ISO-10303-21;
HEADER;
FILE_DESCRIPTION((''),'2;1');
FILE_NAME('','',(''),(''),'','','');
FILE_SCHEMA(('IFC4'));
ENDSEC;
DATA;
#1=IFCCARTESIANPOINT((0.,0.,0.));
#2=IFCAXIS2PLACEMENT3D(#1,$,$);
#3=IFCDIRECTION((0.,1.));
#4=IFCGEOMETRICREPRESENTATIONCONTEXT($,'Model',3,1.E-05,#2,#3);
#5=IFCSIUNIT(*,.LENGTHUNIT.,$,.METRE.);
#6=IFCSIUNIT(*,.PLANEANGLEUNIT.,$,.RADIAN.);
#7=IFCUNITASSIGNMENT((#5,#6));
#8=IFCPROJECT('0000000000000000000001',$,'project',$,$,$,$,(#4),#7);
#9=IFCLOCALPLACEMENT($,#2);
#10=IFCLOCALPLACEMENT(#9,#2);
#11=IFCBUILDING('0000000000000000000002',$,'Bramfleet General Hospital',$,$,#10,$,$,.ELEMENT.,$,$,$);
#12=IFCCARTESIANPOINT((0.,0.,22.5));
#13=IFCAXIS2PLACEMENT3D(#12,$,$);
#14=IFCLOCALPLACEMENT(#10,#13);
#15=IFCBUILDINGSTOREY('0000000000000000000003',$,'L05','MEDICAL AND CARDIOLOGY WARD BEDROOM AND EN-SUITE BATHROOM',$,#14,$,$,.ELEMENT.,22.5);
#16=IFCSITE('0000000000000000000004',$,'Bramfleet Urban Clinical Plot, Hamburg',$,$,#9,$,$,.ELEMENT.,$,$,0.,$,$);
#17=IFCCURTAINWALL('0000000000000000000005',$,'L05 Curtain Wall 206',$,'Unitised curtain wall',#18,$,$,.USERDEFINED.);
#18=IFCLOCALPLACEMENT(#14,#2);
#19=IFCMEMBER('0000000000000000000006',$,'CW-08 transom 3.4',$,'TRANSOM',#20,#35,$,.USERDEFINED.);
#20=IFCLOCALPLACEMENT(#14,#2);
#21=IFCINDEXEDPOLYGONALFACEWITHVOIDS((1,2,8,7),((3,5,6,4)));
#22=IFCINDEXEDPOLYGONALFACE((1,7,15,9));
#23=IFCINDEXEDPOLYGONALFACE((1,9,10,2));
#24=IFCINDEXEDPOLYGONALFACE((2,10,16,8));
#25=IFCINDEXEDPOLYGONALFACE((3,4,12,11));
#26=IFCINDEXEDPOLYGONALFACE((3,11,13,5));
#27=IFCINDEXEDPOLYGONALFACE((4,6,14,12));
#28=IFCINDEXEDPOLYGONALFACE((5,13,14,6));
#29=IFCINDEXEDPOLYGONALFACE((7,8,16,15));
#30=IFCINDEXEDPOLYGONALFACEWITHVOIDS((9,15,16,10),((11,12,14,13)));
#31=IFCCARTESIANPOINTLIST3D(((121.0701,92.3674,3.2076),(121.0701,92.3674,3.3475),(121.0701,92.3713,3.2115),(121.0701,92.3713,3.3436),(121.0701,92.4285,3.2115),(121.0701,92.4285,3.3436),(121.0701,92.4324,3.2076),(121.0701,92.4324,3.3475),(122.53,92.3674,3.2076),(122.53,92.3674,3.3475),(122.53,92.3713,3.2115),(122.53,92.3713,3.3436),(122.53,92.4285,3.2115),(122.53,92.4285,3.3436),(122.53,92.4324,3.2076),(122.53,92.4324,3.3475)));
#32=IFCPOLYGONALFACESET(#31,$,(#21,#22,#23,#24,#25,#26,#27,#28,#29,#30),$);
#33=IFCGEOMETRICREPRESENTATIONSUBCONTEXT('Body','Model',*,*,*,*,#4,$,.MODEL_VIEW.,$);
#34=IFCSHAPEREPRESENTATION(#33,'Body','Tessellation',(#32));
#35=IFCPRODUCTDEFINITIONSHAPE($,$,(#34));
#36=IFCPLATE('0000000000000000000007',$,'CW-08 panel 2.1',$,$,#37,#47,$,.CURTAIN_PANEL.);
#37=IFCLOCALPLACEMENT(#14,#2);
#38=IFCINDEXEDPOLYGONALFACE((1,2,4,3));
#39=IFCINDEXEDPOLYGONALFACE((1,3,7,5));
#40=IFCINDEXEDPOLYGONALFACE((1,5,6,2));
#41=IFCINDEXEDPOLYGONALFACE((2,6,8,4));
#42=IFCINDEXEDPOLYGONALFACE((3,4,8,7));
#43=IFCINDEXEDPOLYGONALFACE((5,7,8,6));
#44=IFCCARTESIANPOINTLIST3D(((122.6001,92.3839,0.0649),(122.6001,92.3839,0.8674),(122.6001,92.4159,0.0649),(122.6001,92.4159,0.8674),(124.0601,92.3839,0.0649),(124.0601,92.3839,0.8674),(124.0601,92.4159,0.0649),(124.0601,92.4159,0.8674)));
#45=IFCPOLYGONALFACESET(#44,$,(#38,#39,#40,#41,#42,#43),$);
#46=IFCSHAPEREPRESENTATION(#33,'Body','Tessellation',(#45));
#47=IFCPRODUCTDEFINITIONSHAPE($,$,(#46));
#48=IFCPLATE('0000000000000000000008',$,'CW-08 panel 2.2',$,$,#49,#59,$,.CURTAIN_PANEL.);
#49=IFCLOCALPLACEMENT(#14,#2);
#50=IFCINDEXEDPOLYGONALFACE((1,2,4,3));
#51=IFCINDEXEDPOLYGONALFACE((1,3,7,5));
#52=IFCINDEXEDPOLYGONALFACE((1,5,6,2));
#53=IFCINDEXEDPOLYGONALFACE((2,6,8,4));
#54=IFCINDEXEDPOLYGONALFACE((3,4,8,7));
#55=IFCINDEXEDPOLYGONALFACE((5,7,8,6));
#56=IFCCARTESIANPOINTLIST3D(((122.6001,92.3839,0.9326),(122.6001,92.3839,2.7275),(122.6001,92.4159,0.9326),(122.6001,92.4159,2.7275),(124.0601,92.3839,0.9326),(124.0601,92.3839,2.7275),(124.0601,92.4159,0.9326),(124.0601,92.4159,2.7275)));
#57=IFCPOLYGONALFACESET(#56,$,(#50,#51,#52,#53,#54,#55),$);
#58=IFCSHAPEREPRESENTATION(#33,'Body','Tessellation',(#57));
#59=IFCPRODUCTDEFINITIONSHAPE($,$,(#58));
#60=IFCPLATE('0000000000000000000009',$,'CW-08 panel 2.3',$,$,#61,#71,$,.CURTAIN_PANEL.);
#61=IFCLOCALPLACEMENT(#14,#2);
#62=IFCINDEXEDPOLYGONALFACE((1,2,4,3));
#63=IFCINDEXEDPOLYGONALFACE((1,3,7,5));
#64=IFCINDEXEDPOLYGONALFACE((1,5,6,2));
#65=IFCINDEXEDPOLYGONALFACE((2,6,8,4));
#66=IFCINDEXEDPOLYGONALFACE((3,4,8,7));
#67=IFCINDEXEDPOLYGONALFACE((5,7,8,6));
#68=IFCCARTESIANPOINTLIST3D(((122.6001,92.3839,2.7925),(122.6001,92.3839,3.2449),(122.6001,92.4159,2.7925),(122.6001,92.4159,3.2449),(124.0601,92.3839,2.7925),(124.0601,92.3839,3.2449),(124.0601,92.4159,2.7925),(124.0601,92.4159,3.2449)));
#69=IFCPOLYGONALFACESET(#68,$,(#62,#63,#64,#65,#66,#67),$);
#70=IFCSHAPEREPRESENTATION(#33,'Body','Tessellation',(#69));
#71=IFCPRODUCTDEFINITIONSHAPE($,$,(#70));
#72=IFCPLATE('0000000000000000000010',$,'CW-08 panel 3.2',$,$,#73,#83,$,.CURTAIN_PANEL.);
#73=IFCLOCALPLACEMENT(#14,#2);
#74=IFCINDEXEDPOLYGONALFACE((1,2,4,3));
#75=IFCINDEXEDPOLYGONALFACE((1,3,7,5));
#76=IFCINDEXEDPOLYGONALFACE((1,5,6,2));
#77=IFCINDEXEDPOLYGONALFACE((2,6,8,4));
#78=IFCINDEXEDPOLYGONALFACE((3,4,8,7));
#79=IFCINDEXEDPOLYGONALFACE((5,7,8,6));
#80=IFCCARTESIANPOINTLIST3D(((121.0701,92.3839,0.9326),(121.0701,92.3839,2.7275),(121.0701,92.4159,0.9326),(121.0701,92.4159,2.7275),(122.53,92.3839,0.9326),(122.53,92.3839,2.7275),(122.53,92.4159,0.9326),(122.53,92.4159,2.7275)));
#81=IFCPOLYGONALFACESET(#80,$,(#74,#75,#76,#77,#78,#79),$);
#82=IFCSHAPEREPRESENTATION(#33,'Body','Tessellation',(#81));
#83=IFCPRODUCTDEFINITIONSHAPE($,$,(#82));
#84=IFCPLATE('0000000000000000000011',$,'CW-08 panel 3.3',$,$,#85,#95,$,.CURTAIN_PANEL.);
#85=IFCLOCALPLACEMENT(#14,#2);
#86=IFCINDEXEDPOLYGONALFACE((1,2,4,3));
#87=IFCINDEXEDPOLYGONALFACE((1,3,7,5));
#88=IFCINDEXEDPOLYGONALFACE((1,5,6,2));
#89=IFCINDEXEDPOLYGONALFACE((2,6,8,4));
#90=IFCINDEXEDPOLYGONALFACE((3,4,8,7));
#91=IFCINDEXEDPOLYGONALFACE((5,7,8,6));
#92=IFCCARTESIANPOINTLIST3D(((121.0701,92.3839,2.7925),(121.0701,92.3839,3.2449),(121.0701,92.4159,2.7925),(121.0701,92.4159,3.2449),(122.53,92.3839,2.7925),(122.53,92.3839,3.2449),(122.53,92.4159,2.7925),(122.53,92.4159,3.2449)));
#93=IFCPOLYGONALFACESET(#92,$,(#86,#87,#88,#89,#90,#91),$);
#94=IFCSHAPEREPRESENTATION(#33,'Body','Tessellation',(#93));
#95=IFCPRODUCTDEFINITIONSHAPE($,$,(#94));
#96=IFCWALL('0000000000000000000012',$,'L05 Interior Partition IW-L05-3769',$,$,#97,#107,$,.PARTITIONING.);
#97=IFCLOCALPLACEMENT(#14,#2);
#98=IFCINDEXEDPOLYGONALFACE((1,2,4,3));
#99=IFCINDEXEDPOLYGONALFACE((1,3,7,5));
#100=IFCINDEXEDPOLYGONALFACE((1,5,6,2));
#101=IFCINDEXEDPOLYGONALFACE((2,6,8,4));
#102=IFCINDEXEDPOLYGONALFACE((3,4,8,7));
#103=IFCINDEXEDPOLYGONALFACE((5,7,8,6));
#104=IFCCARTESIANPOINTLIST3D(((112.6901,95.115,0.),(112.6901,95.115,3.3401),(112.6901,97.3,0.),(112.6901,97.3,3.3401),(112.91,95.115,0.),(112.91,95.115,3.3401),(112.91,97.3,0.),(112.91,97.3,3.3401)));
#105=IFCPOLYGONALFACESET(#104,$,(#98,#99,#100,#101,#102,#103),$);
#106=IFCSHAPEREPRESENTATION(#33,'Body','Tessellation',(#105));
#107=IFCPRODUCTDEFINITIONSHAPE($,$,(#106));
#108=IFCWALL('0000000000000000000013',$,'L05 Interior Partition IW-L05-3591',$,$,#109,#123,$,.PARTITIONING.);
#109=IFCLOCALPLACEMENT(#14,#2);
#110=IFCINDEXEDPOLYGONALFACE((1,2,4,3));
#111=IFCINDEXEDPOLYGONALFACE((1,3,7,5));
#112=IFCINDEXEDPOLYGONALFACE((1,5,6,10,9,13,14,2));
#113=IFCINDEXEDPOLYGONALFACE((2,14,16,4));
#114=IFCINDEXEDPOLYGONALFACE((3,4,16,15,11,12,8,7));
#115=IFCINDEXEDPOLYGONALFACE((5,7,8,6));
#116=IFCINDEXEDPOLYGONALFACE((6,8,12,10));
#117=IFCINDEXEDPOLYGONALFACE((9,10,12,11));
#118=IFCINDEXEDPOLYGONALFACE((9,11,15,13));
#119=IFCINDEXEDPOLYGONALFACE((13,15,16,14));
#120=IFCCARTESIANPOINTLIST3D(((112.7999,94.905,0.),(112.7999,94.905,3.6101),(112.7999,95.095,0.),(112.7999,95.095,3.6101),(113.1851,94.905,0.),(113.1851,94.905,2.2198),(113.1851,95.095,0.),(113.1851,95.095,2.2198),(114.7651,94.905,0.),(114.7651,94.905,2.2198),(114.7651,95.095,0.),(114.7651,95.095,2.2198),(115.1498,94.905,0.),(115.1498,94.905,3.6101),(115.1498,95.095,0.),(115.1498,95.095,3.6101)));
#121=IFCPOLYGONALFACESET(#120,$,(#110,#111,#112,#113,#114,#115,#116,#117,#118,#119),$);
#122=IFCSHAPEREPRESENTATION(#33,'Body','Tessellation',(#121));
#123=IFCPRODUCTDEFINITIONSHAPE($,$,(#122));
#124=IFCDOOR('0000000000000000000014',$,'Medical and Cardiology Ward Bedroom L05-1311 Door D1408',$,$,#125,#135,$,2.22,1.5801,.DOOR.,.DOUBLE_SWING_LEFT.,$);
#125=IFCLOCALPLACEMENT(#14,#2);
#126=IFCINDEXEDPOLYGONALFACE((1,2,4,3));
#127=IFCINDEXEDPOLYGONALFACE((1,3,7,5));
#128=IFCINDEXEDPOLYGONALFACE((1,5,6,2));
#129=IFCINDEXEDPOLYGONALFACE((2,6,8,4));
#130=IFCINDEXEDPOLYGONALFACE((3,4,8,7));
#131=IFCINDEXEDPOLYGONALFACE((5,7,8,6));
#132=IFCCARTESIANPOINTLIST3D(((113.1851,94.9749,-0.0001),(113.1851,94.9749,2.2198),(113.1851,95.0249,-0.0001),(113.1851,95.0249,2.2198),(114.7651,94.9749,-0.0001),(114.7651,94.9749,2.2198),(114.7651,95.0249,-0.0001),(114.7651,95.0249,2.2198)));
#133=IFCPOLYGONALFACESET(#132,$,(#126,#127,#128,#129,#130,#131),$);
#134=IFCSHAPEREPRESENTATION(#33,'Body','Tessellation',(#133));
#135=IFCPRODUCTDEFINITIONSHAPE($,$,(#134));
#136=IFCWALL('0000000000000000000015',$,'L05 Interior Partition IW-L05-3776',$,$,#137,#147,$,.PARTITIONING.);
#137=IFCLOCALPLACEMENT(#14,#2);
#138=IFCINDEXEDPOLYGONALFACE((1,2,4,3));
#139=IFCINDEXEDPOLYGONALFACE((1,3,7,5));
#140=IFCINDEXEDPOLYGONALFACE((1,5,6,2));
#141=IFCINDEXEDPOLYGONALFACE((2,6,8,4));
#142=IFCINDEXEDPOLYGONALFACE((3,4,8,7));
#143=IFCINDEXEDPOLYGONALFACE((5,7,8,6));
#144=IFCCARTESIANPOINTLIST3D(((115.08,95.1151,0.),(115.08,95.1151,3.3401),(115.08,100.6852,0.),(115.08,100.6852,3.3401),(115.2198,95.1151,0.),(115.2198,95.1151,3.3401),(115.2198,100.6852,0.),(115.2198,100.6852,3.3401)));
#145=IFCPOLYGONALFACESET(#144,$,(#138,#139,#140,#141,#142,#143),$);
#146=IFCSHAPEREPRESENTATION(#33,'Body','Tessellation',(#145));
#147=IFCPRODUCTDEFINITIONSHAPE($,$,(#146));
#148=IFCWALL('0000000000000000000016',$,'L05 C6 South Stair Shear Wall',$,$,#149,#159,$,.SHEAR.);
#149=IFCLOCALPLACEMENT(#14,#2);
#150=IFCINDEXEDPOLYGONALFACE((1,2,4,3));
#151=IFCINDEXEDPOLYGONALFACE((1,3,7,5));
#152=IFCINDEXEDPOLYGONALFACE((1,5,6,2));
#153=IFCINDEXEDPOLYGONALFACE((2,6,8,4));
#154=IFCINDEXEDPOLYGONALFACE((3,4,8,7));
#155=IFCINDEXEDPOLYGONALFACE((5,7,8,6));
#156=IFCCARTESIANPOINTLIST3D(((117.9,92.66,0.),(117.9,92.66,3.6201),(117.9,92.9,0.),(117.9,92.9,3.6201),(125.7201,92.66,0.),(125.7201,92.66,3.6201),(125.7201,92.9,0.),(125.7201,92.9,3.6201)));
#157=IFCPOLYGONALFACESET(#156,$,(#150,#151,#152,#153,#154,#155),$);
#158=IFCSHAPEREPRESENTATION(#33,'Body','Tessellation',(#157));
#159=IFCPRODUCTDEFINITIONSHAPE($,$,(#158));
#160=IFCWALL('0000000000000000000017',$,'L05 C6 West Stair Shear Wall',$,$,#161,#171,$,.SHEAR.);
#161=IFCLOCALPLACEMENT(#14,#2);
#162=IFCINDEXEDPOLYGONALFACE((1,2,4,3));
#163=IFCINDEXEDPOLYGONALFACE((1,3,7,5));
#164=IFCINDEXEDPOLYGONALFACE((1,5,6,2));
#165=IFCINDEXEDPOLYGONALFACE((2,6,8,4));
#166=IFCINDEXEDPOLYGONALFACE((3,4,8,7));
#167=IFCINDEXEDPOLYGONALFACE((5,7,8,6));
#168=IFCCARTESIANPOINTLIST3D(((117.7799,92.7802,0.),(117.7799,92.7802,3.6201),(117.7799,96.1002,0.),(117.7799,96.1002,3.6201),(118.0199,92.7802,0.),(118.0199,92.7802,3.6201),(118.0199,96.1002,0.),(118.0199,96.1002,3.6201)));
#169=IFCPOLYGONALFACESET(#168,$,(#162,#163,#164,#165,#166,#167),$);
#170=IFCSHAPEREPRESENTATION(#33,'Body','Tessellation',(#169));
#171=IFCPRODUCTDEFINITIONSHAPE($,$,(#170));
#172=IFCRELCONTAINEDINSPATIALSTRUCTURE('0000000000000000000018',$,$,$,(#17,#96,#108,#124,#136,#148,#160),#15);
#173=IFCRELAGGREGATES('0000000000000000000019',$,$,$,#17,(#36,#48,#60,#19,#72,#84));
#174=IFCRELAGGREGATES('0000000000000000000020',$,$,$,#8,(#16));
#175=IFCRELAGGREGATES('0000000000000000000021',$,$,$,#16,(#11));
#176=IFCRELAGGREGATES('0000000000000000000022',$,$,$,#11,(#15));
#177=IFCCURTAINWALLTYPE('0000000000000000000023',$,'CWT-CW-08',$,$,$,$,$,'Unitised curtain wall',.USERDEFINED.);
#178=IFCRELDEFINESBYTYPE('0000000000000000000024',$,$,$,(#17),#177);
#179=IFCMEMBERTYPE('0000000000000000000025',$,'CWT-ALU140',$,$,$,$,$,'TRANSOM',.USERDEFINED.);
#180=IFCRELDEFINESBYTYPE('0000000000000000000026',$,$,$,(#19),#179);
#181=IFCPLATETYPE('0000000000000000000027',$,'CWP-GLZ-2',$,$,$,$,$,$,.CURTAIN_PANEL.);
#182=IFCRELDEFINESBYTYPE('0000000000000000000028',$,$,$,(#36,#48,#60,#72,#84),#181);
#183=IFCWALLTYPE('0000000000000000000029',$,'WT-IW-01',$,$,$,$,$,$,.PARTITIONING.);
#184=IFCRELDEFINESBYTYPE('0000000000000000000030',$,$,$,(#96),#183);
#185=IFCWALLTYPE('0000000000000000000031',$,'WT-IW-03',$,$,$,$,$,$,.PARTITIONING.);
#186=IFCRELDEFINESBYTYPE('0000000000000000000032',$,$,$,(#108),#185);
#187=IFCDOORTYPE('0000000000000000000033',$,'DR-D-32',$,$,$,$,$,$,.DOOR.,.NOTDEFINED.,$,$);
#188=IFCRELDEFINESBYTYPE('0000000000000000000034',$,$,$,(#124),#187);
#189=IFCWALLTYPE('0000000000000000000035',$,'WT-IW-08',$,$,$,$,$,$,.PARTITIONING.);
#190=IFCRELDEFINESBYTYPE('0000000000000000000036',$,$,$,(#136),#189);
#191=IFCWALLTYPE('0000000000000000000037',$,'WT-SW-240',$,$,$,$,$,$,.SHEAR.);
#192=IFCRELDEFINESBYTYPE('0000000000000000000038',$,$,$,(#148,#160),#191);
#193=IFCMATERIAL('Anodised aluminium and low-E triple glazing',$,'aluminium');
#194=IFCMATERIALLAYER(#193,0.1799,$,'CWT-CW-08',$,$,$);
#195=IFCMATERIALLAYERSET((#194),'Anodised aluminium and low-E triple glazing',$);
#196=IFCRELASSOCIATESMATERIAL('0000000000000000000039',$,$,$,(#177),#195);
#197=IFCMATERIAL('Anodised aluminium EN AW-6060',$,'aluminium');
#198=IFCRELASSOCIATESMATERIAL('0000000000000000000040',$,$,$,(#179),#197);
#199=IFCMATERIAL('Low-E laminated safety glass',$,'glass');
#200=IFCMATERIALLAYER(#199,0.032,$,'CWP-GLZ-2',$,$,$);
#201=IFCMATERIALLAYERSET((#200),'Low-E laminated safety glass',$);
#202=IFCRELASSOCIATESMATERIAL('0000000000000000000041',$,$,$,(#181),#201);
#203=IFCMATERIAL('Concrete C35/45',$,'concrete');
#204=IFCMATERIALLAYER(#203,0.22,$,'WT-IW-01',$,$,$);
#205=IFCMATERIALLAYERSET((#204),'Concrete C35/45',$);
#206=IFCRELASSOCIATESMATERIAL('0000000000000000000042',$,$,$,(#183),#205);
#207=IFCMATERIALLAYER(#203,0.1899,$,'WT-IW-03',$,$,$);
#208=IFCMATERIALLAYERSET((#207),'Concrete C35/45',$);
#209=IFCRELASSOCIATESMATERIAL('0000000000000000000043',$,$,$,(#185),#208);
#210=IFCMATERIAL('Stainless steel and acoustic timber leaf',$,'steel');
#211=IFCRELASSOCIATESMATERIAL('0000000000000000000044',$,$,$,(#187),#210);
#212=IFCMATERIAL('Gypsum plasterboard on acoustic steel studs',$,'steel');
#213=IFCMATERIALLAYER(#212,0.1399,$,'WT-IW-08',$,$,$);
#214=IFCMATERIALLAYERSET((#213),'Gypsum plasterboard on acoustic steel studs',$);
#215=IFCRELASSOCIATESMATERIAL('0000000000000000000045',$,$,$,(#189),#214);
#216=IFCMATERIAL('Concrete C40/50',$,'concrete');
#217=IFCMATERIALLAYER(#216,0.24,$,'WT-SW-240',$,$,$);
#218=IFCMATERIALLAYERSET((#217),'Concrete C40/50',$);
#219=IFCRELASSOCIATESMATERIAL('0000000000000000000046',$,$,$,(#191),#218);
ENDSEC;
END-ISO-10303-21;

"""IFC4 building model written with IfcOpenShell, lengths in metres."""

from ifc_helpers import new_model, si_unit, direction, frame, frame_2d, origin, origin_2d, place, context, subcontext, project, spatial, rectangle, hollow_rectangle, extrude, material, layer, layer_set, material_profile, profile_set, type_object, element, fill, aggregate, save


model = new_model("IFC4")

# Units and contexts
model_context = context("Model", 3, precision=1e-05, world=origin(), true_north=direction((0.0, 1.0)))
body_context = subcontext(model_context, "Body", "Model", "MODEL_VIEW")
ifc_project = project(units=[si_unit("LENGTHUNIT", "METRE"), si_unit("PLANEANGLEUNIT", "RADIAN")], contexts=[model_context])

# Site, building, storey
site_placement = place(None, origin())
site = spatial("IfcSite", under=ifc_project, at=site_placement, Name="Bramfleet Urban Clinical Plot, Hamburg", CompositionType="ELEMENT", RefElevation=0.0)
building_placement = place(site_placement, origin())
building = spatial("IfcBuilding", under=site, at=building_placement, Name="Bramfleet General Hospital", CompositionType="ELEMENT")
storey_placement = place(building_placement, frame((0.0, 0.0, 22.5)))
storey = spatial("IfcBuildingStorey", under=building, at=storey_placement, Name="L05", Description="MEDICAL AND CARDIOLOGY WARD BEDROOM AND EN-SUITE BATHROOM", CompositionType="ELEMENT", Elevation=22.5)

# Shared definitions
ifc_material_1 = material(Name="Concrete C35/45", Category="concrete")

# Curtain wall, member, plates
ifc_material_2 = material(Name="Anodised aluminium and low-E triple glazing", Category="aluminium")
ifc_layer_1 = layer(ifc_material_2, 0.1799, Name="CWT-CW-08")
ifc_layer_set_1 = layer_set([ifc_layer_1], Name="Anodised aluminium and low-E triple glazing")
curtain_wall_type = type_object("IfcCurtainWallType", Name="CWT-CW-08", ElementType="Unitised curtain wall", PredefinedType="USERDEFINED", material=ifc_layer_set_1)
curtain_wall_placement = place(storey_placement, origin())
curtain_wall = element("IfcCurtainWall", 1, at=curtain_wall_placement, inside=storey, type_object=curtain_wall_type, Name="L05 Curtain Wall 206", ObjectType="Unitised curtain wall", PredefinedType="USERDEFINED")
ifc_material_3 = material(Name="Anodised aluminium EN AW-6060", Category="aluminium")
ifc_material_profile_1 = material_profile(ifc_material_3, hollow_rectangle(XDim=0.0649, YDim=0.1399, WallThickness=0.0039, at=origin_2d()), Name="ALU 140x65x4.0")
ifc_profile_set_1 = profile_set([ifc_material_profile_1], Name="Anodised aluminium EN AW-6060")
member_type_1 = type_object("IfcMemberType", Name="CWT-ALU140", ElementType="TRANSOM", PredefinedType="USERDEFINED", material=ifc_profile_set_1)
member_1_placement = place(storey_placement, frame((122.53, 92.3999, 3.2776), z_axis=(-1.0, 0.0, 0.0), x_axis=(0.0, -1.0, 0.0)))
member_1 = element("IfcMember", 2, at=member_1_placement, type_object=member_type_1, Name="CW-08 transom 3.4", ObjectType="TRANSOM", PredefinedType="USERDEFINED", context=body_context, shape_type="SweptSolid", body=[
    extrude(hollow_rectangle(XDim=0.0649, YDim=0.1399, WallThickness=0.0039, at=origin_2d()), origin(), (0.0, 0.0, 1.0), 1.46),
])
ifc_material_4 = material(Name="Low-E laminated safety glass", Category="glass")
ifc_layer_2 = layer(ifc_material_4, 0.032, Name="CWP-GLZ-2")
ifc_layer_set_2 = layer_set([ifc_layer_2], Name="Low-E laminated safety glass")
plate_type = type_object("IfcPlateType", Name="CWP-GLZ-2", PredefinedType="CURTAIN_PANEL", material=ifc_layer_set_2)
plate_1_placement = place(storey_placement, frame((123.3301, 92.3999, 0.0649), z_axis=(0.0, 0.0, 1.0), x_axis=(-1.0, 0.0, 0.0)))
plate_1 = element("IfcPlate", 3, at=plate_1_placement, type_object=plate_type, Name="CW-08 panel 2.1", PredefinedType="CURTAIN_PANEL", context=body_context, shape_type="SweptSolid", body=[
    extrude(rectangle(XDim=1.46, YDim=0.032, at=origin_2d()), origin(), (0.0, 0.0, 1.0), 0.8025),
])
plate_2_placement = place(storey_placement, frame((123.3301, 92.3999, 0.9326), z_axis=(0.0, 0.0, 1.0), x_axis=(-1.0, 0.0, 0.0)))
plate_2 = element("IfcPlate", 4, at=plate_2_placement, type_object=plate_type, Name="CW-08 panel 2.2", PredefinedType="CURTAIN_PANEL", context=body_context, shape_type="SweptSolid", body=[
    extrude(rectangle(XDim=1.46, YDim=0.032, at=origin_2d()), origin(), (0.0, 0.0, 1.0), 1.7949),
])
plate_3_placement = place(storey_placement, frame((123.3301, 92.3999, 2.7925), z_axis=(0.0, 0.0, 1.0), x_axis=(-1.0, 0.0, 0.0)))
plate_3 = element("IfcPlate", 5, at=plate_3_placement, type_object=plate_type, Name="CW-08 panel 2.3", PredefinedType="CURTAIN_PANEL", context=body_context, shape_type="SweptSolid", body=[
    extrude(rectangle(XDim=1.46, YDim=0.032, at=origin_2d()), origin(), (0.0, 0.0, 1.0), 0.4524),
])
plate_4_placement = place(storey_placement, frame((121.8, 92.3999, 0.9326), z_axis=(0.0, 0.0, 1.0), x_axis=(-1.0, 0.0, 0.0)))
plate_4 = element("IfcPlate", 6, at=plate_4_placement, type_object=plate_type, Name="CW-08 panel 3.2", PredefinedType="CURTAIN_PANEL", context=body_context, shape_type="SweptSolid", body=[
    extrude(rectangle(XDim=1.46, YDim=0.032, at=origin_2d()), origin(), (0.0, 0.0, 1.0), 1.7949),
])
plate_5_placement = place(storey_placement, frame((121.8, 92.3999, 2.7925), z_axis=(0.0, 0.0, 1.0), x_axis=(-1.0, 0.0, 0.0)))
plate_5 = element("IfcPlate", 7, at=plate_5_placement, type_object=plate_type, Name="CW-08 panel 3.3", PredefinedType="CURTAIN_PANEL", context=body_context, shape_type="SweptSolid", body=[
    extrude(rectangle(XDim=1.46, YDim=0.032, at=origin_2d()), origin(), (0.0, 0.0, 1.0), 0.4524),
])
aggregate(curtain_wall, [plate_1, plate_2, plate_3, member_1, plate_4, plate_5])

# Wall
ifc_layer_3 = layer(ifc_material_1, 0.22, Name="WT-IW-01")
ifc_layer_set_3 = layer_set([ifc_layer_3], Name="Concrete C35/45")
wall_type_1 = type_object("IfcWallType", Name="WT-IW-01", PredefinedType="PARTITIONING", material=ifc_layer_set_3)
wall_1_placement = place(storey_placement, frame((112.8, 95.115, 0.0), z_axis=(0.0, 0.0, 1.0), x_axis=(0.0, 1.0, 0.0)))
element("IfcWall", 8, at=wall_1_placement, inside=storey, type_object=wall_type_1, Name="L05 Interior Partition IW-L05-3769", PredefinedType="PARTITIONING", context=body_context, shape_type="SweptSolid", body=[
    extrude(rectangle(XDim=2.1851, YDim=0.22, at=frame_2d((1.0925, 0.0))), origin(), (0.0, 0.0, 1.0), 3.3401),
])

# Wall, opening, door
ifc_layer_4 = layer(ifc_material_1, 0.1899, Name="WT-IW-03")
ifc_layer_set_4 = layer_set([ifc_layer_4], Name="Concrete C35/45")
wall_type_2 = type_object("IfcWallType", Name="WT-IW-03", PredefinedType="PARTITIONING", material=ifc_layer_set_4)
wall_2_placement = place(storey_placement, frame((112.8, 95.0, 0.0), z_axis=(0.0, 0.0, 1.0), x_axis=(1.0, 0.0, 0.0)))
wall_2 = element("IfcWall", 9, at=wall_2_placement, inside=storey, type_object=wall_type_2, Name="L05 Interior Partition IW-L05-3591", PredefinedType="PARTITIONING", context=body_context, shape_type="SweptSolid", body=[
    extrude(rectangle(XDim=2.3499, YDim=0.1899, at=frame_2d((1.1748, 0.0))), origin(), (0.0, 0.0, 1.0), 3.6101),
])
opening_placement = place(wall_2_placement, frame((0.385, 0.0, 0.0)))
opening = element("IfcOpeningElement", 10, at=opening_placement, cuts=wall_2, PredefinedType="OPENING", context=body_context, shape_type="SweptSolid", body=[
    extrude(rectangle(XDim=1.5801, YDim=2.22, at=frame_2d((0.79, 1.1099))), frame((0.0, 0.105, 0.0), z_axis=(0.0, -1.0, 0.0), x_axis=(1.0, 0.0, 0.0)), (0.0, 0.0, 1.0), 0.21),
])
ifc_material_5 = material(Name="Stainless steel and acoustic timber leaf", Category="steel")
door_type = type_object("IfcDoorType", Name="DR-D-32", OperationType="NOTDEFINED", PredefinedType="DOOR", material=ifc_material_5)
door_placement = place(opening_placement, origin())
door = element("IfcDoor", 11, at=door_placement, inside=storey, type_object=door_type, Name="Medical and Cardiology Ward Bedroom L05-1311 Door D1408", OperationType="DOUBLE_SWING_LEFT", OverallHeight=2.22, OverallWidth=1.5801, PredefinedType="DOOR", context=body_context, shape_type="SweptSolid", body=[
    extrude(rectangle(XDim=1.5801, YDim=2.22, at=frame_2d((0.79, 1.1099))), frame((0.0, 0.0249, 0.0), z_axis=(0.0, -1.0, 0.0), x_axis=(1.0, 0.0, 0.0)), (0.0, 0.0, 1.0), 0.05),
])
fill(opening, door)

# Walls
ifc_material_6 = material(Name="Gypsum plasterboard on acoustic steel studs", Category="steel")
ifc_layer_5 = layer(ifc_material_6, 0.1399, Name="WT-IW-08")
ifc_layer_set_5 = layer_set([ifc_layer_5], Name="Gypsum plasterboard on acoustic steel studs")
wall_type_3 = type_object("IfcWallType", Name="WT-IW-08", PredefinedType="PARTITIONING", material=ifc_layer_set_5)
wall_3_placement = place(storey_placement, frame((115.1499, 95.115, 0.0), z_axis=(0.0, 0.0, 1.0), x_axis=(0.0, 1.0, 0.0)))
element("IfcWall", 12, at=wall_3_placement, inside=storey, type_object=wall_type_3, Name="L05 Interior Partition IW-L05-3776", PredefinedType="PARTITIONING", context=body_context, shape_type="SweptSolid", body=[
    extrude(rectangle(XDim=5.5701, YDim=0.1399, at=frame_2d((2.7852, 0.0))), origin(), (0.0, 0.0, 1.0), 3.3401),
])
ifc_material_7 = material(Name="Concrete C40/50", Category="concrete")
ifc_layer_6 = layer(ifc_material_7, 0.24, Name="WT-SW-240")
ifc_layer_set_6 = layer_set([ifc_layer_6], Name="Concrete C40/50")
wall_type_4 = type_object("IfcWallType", Name="WT-SW-240", PredefinedType="SHEAR", material=ifc_layer_set_6)
wall_4_placement = place(storey_placement, frame((117.8999, 92.78, 0.0), z_axis=(0.0, 0.0, 1.0), x_axis=(1.0, 0.0, 0.0)))
element("IfcWall", 13, at=wall_4_placement, inside=storey, type_object=wall_type_4, Name="L05 C6 South Stair Shear Wall", PredefinedType="SHEAR", context=body_context, shape_type="SweptSolid", body=[
    extrude(rectangle(XDim=7.8201, YDim=0.24, at=frame_2d((3.9102, 0.0))), origin(), (0.0, 0.0, 1.0), 3.6201),
])
wall_5_placement = place(storey_placement, frame((117.8999, 92.78, 0.0), z_axis=(0.0, 0.0, 1.0), x_axis=(0.0, 1.0, 0.0)))
element("IfcWall", 14, at=wall_5_placement, inside=storey, type_object=wall_type_4, Name="L05 C6 West Stair Shear Wall", PredefinedType="SHEAR", context=body_context, shape_type="SweptSolid", body=[
    extrude(rectangle(XDim=3.3201, YDim=0.24, at=frame_2d((1.6602, 0.0))), origin(), (0.0, 0.0, 1.0), 3.6201),
])

save(model, "model.ifc")
